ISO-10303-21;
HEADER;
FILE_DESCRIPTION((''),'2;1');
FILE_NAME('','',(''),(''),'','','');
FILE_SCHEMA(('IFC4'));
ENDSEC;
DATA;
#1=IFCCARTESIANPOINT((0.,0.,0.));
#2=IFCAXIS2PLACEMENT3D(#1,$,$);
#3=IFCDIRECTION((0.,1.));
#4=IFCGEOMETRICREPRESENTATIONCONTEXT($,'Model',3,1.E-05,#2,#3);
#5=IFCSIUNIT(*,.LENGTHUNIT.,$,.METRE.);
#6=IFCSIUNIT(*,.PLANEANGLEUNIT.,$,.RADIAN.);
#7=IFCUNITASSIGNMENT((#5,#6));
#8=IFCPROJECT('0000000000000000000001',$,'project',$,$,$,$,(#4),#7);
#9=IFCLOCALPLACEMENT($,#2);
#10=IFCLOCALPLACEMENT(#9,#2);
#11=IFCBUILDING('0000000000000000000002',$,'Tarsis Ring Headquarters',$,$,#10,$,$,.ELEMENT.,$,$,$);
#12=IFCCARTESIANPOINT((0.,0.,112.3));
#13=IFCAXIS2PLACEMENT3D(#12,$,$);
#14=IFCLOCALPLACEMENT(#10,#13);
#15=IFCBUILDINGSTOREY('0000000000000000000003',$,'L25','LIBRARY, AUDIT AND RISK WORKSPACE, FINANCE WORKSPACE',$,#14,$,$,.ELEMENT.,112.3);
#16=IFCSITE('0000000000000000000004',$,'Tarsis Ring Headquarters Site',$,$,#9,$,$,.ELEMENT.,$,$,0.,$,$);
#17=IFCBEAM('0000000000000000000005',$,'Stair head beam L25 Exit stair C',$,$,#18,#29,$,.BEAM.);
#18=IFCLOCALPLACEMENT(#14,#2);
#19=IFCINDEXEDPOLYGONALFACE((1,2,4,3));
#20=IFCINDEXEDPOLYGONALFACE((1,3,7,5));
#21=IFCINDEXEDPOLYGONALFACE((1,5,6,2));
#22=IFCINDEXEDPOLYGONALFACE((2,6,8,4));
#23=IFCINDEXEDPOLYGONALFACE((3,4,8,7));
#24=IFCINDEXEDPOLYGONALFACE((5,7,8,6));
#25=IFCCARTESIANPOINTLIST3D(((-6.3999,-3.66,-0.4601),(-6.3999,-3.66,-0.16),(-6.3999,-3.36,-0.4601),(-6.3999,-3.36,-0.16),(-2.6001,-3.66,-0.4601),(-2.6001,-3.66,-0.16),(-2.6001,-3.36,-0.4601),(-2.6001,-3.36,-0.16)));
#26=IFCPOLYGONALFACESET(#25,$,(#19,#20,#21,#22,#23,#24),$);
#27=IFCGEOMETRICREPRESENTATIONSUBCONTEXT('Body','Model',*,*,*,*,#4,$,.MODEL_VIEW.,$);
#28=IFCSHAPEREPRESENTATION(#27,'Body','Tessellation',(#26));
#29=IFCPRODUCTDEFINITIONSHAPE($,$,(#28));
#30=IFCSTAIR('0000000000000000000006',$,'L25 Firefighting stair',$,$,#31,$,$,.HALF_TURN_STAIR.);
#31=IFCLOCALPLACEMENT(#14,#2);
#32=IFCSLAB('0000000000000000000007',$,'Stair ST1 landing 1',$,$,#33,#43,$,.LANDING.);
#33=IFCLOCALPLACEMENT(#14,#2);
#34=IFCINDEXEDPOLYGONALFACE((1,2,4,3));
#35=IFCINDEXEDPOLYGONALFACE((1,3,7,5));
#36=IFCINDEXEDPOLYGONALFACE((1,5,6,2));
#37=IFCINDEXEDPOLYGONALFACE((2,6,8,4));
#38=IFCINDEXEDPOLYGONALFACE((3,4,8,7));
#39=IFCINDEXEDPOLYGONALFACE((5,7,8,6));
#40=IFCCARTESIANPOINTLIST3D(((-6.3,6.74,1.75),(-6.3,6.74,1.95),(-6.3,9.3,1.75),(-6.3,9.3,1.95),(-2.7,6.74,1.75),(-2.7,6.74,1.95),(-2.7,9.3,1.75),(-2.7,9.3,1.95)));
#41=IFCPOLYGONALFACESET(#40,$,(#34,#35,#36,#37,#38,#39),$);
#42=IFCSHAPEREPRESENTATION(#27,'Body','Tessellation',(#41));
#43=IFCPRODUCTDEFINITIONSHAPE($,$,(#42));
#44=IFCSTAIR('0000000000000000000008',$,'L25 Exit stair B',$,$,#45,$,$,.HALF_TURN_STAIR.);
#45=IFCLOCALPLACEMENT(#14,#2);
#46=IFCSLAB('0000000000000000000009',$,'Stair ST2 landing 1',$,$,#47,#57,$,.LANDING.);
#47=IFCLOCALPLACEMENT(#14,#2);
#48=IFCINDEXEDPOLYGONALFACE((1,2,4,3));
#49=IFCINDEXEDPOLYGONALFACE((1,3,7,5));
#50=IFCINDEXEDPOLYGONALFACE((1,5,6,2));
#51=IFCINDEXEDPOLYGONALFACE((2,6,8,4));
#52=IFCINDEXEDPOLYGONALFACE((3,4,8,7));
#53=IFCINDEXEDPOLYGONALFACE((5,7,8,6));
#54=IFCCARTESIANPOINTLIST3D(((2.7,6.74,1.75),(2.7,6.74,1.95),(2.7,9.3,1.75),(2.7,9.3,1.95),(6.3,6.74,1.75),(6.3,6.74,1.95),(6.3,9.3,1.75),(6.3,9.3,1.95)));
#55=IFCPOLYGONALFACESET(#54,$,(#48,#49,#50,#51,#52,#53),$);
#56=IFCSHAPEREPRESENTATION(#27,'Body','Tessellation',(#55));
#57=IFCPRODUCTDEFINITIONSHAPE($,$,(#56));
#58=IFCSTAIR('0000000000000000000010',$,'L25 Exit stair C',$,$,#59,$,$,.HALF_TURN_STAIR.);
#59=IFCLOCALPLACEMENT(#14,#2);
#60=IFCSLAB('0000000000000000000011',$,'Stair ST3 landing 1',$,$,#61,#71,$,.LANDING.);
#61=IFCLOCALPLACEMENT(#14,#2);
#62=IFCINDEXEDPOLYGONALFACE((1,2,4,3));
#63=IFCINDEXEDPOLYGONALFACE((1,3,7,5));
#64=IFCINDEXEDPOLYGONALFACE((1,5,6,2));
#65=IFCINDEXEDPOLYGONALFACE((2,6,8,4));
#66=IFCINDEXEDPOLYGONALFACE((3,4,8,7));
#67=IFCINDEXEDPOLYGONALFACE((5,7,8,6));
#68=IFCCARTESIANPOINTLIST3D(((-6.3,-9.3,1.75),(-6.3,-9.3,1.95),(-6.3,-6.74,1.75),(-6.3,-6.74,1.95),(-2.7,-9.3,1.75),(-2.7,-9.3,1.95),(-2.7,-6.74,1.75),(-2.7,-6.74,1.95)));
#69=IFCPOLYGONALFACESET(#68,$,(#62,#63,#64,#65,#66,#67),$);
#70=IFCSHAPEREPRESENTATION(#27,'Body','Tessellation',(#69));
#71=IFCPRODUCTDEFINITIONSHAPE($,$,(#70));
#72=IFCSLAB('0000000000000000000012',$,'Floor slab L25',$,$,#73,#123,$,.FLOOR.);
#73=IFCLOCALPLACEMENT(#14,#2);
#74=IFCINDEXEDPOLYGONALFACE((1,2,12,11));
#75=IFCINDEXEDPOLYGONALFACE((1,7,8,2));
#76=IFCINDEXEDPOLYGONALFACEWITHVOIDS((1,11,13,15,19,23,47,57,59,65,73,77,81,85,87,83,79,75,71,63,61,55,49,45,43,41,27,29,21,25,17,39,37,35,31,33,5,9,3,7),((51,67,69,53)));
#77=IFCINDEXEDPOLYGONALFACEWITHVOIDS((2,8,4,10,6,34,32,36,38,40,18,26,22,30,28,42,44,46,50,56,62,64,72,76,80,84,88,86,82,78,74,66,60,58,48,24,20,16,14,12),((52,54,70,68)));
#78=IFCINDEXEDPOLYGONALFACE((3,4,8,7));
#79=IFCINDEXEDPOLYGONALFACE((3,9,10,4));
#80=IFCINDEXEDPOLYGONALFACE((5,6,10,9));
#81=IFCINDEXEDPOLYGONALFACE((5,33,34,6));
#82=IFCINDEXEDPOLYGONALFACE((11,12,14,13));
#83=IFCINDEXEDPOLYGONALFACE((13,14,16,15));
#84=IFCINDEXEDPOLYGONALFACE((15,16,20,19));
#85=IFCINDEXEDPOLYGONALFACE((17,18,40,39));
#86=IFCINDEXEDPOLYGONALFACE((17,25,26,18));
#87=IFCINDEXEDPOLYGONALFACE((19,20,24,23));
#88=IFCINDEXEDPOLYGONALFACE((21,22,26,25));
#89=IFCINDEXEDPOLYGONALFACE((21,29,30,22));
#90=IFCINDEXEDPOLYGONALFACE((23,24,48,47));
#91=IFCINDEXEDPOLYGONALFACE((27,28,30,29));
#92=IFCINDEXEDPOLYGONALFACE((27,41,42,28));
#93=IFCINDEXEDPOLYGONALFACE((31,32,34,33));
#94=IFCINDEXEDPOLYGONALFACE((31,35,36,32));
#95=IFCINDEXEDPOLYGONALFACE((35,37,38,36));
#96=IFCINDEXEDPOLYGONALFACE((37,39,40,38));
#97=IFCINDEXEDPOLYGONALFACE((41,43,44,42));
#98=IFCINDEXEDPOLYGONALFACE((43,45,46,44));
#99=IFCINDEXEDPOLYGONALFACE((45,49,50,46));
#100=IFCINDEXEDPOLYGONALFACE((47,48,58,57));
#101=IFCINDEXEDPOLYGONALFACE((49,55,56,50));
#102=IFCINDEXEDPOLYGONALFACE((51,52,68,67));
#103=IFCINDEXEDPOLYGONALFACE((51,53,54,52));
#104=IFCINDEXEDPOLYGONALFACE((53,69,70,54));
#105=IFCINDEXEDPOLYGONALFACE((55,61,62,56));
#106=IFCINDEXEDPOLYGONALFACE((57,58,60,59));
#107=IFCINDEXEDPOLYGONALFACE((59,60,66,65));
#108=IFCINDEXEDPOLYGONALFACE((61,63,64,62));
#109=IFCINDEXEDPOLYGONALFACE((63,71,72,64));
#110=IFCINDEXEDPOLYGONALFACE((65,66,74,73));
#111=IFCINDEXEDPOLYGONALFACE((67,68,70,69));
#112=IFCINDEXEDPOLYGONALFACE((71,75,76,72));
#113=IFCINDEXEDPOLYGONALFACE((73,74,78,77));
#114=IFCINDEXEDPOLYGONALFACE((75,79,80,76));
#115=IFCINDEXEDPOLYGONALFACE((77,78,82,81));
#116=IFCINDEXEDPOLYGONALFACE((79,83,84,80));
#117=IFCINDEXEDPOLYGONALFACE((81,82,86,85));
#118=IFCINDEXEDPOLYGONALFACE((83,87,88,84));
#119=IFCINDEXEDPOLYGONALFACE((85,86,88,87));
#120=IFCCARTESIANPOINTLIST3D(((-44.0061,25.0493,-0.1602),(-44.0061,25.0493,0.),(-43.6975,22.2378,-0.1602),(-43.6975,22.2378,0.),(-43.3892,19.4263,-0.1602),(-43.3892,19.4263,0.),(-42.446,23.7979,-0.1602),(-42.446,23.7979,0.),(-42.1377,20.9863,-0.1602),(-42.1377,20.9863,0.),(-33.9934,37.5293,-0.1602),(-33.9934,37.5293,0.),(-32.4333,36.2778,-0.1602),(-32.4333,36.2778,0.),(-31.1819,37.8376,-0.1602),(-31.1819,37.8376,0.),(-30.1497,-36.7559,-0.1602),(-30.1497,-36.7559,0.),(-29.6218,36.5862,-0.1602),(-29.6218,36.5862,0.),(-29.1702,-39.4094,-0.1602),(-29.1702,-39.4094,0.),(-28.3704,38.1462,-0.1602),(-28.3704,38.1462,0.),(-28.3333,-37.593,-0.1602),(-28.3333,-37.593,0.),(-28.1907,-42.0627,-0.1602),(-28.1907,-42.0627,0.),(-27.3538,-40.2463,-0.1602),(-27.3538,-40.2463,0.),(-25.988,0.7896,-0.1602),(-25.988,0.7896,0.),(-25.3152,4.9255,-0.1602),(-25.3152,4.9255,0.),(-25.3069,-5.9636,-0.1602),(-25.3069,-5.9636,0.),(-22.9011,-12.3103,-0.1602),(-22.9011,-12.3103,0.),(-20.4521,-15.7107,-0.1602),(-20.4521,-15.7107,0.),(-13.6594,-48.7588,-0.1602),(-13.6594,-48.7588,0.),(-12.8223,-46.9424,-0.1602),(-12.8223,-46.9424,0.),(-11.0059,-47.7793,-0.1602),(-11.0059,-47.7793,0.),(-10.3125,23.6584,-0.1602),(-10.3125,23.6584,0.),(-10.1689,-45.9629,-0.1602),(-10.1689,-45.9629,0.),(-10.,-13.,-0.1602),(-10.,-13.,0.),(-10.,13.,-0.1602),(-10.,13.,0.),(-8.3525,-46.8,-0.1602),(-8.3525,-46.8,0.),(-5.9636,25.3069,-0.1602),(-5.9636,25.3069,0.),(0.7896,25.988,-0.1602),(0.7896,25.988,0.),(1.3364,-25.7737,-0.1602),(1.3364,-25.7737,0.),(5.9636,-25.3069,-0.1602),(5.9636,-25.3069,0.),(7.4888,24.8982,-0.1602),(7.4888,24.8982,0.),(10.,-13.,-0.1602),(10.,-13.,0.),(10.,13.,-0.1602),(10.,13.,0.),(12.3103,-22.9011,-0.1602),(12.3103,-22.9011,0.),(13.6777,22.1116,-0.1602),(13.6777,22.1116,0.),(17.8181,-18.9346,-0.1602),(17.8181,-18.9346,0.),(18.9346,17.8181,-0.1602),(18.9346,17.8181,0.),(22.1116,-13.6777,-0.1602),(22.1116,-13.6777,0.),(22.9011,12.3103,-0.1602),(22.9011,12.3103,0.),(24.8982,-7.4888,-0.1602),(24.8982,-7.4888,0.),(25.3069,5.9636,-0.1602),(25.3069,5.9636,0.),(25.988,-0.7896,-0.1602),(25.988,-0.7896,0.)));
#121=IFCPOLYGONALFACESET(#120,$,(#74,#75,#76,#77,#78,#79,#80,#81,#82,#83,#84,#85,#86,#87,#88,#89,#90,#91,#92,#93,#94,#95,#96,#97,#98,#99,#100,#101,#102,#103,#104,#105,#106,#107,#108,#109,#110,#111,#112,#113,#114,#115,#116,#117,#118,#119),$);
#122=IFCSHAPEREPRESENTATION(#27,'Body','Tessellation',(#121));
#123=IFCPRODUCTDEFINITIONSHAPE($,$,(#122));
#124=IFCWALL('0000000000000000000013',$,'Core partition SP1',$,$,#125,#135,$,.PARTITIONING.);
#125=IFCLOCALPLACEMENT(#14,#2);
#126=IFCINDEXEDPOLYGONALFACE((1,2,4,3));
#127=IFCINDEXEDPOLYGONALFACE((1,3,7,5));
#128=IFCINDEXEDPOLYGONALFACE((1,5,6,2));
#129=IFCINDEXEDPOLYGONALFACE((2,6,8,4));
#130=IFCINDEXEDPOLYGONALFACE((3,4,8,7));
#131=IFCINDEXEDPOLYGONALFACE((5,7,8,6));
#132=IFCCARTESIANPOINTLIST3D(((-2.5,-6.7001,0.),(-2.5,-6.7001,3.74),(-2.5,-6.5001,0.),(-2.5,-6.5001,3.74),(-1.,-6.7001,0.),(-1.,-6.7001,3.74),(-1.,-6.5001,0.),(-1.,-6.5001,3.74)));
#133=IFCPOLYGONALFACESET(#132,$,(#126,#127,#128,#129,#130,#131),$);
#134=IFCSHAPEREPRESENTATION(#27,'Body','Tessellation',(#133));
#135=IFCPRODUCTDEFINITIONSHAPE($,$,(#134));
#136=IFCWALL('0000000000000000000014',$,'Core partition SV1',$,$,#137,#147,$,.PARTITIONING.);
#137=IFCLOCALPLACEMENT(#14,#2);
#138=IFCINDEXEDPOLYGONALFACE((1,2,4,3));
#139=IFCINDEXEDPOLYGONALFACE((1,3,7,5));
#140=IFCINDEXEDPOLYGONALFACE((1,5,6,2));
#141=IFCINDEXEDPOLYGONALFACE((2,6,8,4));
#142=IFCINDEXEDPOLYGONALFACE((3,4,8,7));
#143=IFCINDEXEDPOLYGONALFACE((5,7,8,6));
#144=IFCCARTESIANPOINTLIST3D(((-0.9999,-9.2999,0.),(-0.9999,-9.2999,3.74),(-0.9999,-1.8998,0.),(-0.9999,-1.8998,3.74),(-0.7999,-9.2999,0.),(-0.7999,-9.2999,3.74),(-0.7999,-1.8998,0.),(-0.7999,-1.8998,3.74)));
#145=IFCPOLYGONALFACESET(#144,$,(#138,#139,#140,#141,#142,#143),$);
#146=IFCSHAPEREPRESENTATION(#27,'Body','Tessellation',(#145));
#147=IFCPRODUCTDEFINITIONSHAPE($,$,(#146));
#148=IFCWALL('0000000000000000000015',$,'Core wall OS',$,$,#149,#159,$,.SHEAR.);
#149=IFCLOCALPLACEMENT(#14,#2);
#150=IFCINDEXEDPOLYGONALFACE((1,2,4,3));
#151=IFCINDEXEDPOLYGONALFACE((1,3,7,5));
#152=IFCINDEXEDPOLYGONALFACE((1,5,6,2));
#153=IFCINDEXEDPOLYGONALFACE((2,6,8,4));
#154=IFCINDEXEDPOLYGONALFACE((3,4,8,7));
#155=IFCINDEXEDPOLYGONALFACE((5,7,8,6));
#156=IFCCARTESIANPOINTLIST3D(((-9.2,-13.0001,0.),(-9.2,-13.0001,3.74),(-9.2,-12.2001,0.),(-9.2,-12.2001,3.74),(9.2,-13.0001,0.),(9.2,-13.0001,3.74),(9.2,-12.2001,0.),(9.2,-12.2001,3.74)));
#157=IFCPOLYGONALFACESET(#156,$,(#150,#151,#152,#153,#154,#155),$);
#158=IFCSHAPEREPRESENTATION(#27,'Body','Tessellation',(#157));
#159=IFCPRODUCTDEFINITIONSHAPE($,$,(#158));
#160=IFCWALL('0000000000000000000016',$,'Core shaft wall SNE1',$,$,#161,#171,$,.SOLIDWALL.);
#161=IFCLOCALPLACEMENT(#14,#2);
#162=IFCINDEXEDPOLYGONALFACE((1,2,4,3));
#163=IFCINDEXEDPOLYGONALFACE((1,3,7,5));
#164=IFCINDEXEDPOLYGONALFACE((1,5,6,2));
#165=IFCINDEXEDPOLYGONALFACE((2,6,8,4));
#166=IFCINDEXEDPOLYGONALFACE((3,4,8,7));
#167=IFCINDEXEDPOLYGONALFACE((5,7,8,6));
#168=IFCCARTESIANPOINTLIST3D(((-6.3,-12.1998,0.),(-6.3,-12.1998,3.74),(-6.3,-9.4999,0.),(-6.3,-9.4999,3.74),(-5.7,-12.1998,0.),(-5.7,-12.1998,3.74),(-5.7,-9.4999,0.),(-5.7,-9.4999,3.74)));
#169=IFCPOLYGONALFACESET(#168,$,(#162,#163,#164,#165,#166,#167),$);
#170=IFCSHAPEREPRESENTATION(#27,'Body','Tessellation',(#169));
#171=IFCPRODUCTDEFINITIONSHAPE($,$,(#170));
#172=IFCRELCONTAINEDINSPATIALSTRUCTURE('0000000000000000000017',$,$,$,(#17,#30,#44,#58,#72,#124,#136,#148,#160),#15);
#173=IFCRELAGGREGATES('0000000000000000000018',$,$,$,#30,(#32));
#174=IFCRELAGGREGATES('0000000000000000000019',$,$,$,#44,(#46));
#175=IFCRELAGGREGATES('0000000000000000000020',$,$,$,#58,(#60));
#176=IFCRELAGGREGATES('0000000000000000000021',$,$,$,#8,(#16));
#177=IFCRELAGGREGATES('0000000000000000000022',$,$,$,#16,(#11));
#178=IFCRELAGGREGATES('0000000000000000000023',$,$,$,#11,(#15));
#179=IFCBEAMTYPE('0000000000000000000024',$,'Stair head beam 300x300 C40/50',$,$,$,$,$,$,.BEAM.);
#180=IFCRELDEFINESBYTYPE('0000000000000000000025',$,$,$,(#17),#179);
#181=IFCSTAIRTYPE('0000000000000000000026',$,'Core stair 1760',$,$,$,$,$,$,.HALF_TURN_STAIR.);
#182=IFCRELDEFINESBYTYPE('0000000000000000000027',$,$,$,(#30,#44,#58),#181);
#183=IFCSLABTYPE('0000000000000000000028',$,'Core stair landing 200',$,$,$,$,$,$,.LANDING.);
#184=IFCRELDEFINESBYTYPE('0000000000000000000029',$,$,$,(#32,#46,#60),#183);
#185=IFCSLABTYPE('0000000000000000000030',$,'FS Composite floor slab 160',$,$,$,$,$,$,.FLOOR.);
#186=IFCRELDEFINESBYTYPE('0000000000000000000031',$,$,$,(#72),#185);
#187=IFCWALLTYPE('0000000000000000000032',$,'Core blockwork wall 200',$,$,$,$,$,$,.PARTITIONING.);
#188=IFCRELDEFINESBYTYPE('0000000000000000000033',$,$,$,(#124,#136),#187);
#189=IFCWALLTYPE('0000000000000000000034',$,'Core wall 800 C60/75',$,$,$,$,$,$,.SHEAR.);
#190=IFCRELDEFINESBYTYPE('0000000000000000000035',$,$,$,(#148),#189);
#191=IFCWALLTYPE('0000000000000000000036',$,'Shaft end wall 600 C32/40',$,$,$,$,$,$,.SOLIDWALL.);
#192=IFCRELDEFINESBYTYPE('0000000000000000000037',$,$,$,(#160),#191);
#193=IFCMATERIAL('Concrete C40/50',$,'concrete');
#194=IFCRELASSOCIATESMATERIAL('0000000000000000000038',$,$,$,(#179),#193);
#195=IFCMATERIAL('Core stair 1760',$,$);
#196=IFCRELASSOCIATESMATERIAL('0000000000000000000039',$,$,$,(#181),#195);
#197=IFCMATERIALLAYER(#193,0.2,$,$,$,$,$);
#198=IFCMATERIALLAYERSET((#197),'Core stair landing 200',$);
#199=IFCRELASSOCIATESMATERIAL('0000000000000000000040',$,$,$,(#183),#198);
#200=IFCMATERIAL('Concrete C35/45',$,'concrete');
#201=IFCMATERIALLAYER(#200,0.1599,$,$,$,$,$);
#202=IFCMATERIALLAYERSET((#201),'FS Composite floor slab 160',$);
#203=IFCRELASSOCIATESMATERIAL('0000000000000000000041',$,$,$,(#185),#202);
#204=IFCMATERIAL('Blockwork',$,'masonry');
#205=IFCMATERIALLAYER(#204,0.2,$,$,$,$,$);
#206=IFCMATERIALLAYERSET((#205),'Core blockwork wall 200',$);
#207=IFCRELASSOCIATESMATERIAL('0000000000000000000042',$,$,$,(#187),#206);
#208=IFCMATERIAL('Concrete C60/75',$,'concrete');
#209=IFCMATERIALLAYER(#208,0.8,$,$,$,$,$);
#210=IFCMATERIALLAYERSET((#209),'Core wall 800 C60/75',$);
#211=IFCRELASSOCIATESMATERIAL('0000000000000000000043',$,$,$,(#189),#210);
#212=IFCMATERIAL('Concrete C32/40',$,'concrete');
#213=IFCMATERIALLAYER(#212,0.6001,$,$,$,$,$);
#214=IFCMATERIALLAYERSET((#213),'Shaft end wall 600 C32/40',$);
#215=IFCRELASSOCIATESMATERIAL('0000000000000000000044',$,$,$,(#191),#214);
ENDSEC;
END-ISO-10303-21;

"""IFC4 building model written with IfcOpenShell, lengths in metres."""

from ifc_helpers import new_model, si_unit, direction, frame, frame_2d, origin, origin_2d, place, context, subcontext, project, spatial, polyline, rectangle, outline, extrude, material, layer, layer_set, material_profile, profile_set, type_object, element, aggregate, save


model = new_model("IFC4")

# Units and contexts
model_context = context("Model", 3, precision=1e-05, world=origin(), true_north=direction((0.0, 1.0)))
body_context = subcontext(model_context, "Body", "Model", "MODEL_VIEW")
ifc_project = project(units=[si_unit("LENGTHUNIT", "METRE"), si_unit("PLANEANGLEUNIT", "RADIAN")], contexts=[model_context])

# Site, building, storey
site_placement = place(None, origin())
site = spatial("IfcSite", under=ifc_project, at=site_placement, Name="Tarsis Ring Headquarters Site", CompositionType="ELEMENT", RefElevation=0.0)
building_placement = place(site_placement, origin())
building = spatial("IfcBuilding", under=site, at=building_placement, Name="Tarsis Ring Headquarters", CompositionType="ELEMENT")
storey_placement = place(building_placement, frame((0.0, 0.0, 112.3)))
storey = spatial("IfcBuildingStorey", under=building, at=storey_placement, Name="L25", Description="LIBRARY, AUDIT AND RISK WORKSPACE, FINANCE WORKSPACE", CompositionType="ELEMENT", Elevation=112.3)

# Beam
ifc_material_1 = material(Name="Concrete C40/50", Category="concrete")
ifc_material_profile = material_profile(ifc_material_1, rectangle(XDim=0.3, YDim=0.3, at=origin_2d()), Name="Stair head beam 300x300 C40/50")
ifc_profile_set = profile_set([ifc_material_profile], Name="Concrete C40/50")
beam_type = type_object("IfcBeamType", Name="Stair head beam 300x300 C40/50", PredefinedType="BEAM", material=ifc_profile_set)
beam_placement = place(storey_placement, frame((-6.3999, -3.51, -0.3101), z_axis=(1.0, 0.0, 0.0), x_axis=(0.0, 1.0, 0.0)))
element("IfcBeam", 1, at=beam_placement, inside=storey, type_object=beam_type, Name="Stair head beam L25 Exit stair C", PredefinedType="BEAM", context=body_context, shape_type="SweptSolid", body=[
    extrude(rectangle(XDim=0.3, YDim=0.3, at=origin_2d()), origin(), (0.0, 0.0, 1.0), 3.7998),
])

# Stairs, slabs
ifc_material_2 = material(Name="Core stair 1760")
stair_type = type_object("IfcStairType", Name="Core stair 1760", PredefinedType="HALF_TURN_STAIR", material=ifc_material_2)
stair_1_placement = place(storey_placement, origin())
stair_1 = element("IfcStair", 2, at=stair_1_placement, inside=storey, type_object=stair_type, Name="L25 Firefighting stair", PredefinedType="HALF_TURN_STAIR")
ifc_layer_1 = layer(ifc_material_1, 0.2)
ifc_layer_set_1 = layer_set([ifc_layer_1], Name="Core stair landing 200")
slab_type_1 = type_object("IfcSlabType", Name="Core stair landing 200", PredefinedType="LANDING", material=ifc_layer_set_1)
slab_1_placement = place(storey_placement, frame((0.0, 0.0, 1.75)))
slab_1 = element("IfcSlab", 3, at=slab_1_placement, type_object=slab_type_1, Name="Stair ST1 landing 1", PredefinedType="LANDING", context=body_context, shape_type="SweptSolid", body=[
    extrude(outline(polyline([(-2.7, 6.74), (-2.7, 9.3), (-6.3, 9.3), (-6.3, 6.74), (-2.7, 6.74)])), origin(), (0.0, 0.0, 1.0), 0.2),
])
aggregate(stair_1, [slab_1])
stair_2_placement = place(storey_placement, origin())
stair_2 = element("IfcStair", 4, at=stair_2_placement, inside=storey, type_object=stair_type, Name="L25 Exit stair B", PredefinedType="HALF_TURN_STAIR")
slab_2_placement = place(storey_placement, frame((0.0, 0.0, 1.75)))
slab_2 = element("IfcSlab", 5, at=slab_2_placement, type_object=slab_type_1, Name="Stair ST2 landing 1", PredefinedType="LANDING", context=body_context, shape_type="SweptSolid", body=[
    extrude(outline(polyline([(6.3, 6.74), (6.3, 9.3), (2.7, 9.3), (2.7, 6.74), (6.3, 6.74)])), origin(), (0.0, 0.0, 1.0), 0.2),
])
aggregate(stair_2, [slab_2])
stair_3_placement = place(storey_placement, origin())
stair_3 = element("IfcStair", 6, at=stair_3_placement, inside=storey, type_object=stair_type, Name="L25 Exit stair C", PredefinedType="HALF_TURN_STAIR")
slab_3_placement = place(storey_placement, frame((0.0, 0.0, 1.75)))
slab_3 = element("IfcSlab", 7, at=slab_3_placement, type_object=slab_type_1, Name="Stair ST3 landing 1", PredefinedType="LANDING", context=body_context, shape_type="SweptSolid", body=[
    extrude(outline(polyline([(-6.3, -6.74), (-6.3, -9.3), (-2.7, -9.3), (-2.7, -6.74), (-6.3, -6.74)])), origin(), (0.0, 0.0, 1.0), 0.2),
])
aggregate(stair_3, [slab_3])

# Slab
ifc_material_3 = material(Name="Concrete C35/45", Category="concrete")
ifc_layer_2 = layer(ifc_material_3, 0.1599)
ifc_layer_set_2 = layer_set([ifc_layer_2], Name="FS Composite floor slab 160")
slab_type_2 = type_object("IfcSlabType", Name="FS Composite floor slab 160", PredefinedType="FLOOR", material=ifc_layer_set_2)
slab_4_placement = place(storey_placement, frame((0.0, 0.0, -0.1602)))
element("IfcSlab", 8, at=slab_4_placement, inside=storey, type_object=slab_type_2, Name="Floor slab L25", PredefinedType="FLOOR", context=body_context, shape_type="SweptSolid", body=[
    extrude(outline(polyline([(-25.3152, 4.9255), (-25.988, 0.7896), (-25.3069, -5.9636), (-22.9011, -12.3103), (-20.4521, -15.7107), (-30.1497, -36.7559), (-28.3333, -37.593), (-29.1702, -39.4094), (-27.3538, -40.2463), (-28.1907, -42.0627), (-13.6594, -48.7588), (-12.8223, -46.9424), (-11.0059, -47.7793), (-10.1689, -45.9629), (-8.3525, -46.8), (1.3364, -25.7737), (5.9636, -25.3069), (12.3103, -22.9011), (17.8181, -18.9346), (22.1116, -13.6777), (24.8982, -7.4888), (25.988, -0.7896), (25.3069, 5.9636), (22.9011, 12.3103), (18.9346, 17.8181), (13.6777, 22.1116), (7.4888, 24.8982), (0.7896, 25.988), (-5.9636, 25.3069), (-10.3125, 23.6584), (-28.3704, 38.1462), (-29.6218, 36.5862), (-31.1819, 37.8376), (-32.4333, 36.2778), (-33.9934, 37.5293), (-44.0061, 25.0493), (-42.446, 23.7979), (-43.6975, 22.2378), (-42.1377, 20.9863), (-43.3892, 19.4263), (-25.3152, 4.9255)]), holes=[polyline([(-10.0, -13.0), (-10.0, 13.0), (10.0, 13.0), (10.0, -13.0), (-10.0, -13.0)])]), origin(), (0.0, 0.0, 1.0), 0.1602),
])

# Walls
ifc_material_4 = material(Name="Blockwork", Category="masonry")
ifc_layer_3 = layer(ifc_material_4, 0.2)
ifc_layer_set_3 = layer_set([ifc_layer_3], Name="Core blockwork wall 200")
wall_type_1 = type_object("IfcWallType", Name="Core blockwork wall 200", PredefinedType="PARTITIONING", material=ifc_layer_set_3)
wall_1_placement = place(storey_placement, frame((-2.5, -6.6001, 0.0), z_axis=(0.0, 0.0, 1.0), x_axis=(1.0, 0.0, 0.0)))
element("IfcWall", 9, at=wall_1_placement, inside=storey, type_object=wall_type_1, Name="Core partition SP1", PredefinedType="PARTITIONING", context=body_context, shape_type="SweptSolid", body=[
    extrude(rectangle(XDim=1.5, YDim=0.2, at=frame_2d((0.75, 0.0))), origin(), (0.0, 0.0, 1.0), 3.74),
])
wall_2_placement = place(storey_placement, frame((-0.8999, -9.3, 0.0), z_axis=(0.0, 0.0, 1.0), x_axis=(0.0, 1.0, 0.0)))
element("IfcWall", 10, at=wall_2_placement, inside=storey, type_object=wall_type_1, Name="Core partition SV1", PredefinedType="PARTITIONING", context=body_context, shape_type="SweptSolid", body=[
    extrude(rectangle(XDim=7.4001, YDim=0.2, at=frame_2d((3.7002, 0.0))), origin(), (0.0, 0.0, 1.0), 3.74),
])
ifc_material_5 = material(Name="Concrete C60/75", Category="concrete")
ifc_layer_4 = layer(ifc_material_5, 0.8)
ifc_layer_set_4 = layer_set([ifc_layer_4], Name="Core wall 800 C60/75")
wall_type_2 = type_object("IfcWallType", Name="Core wall 800 C60/75", PredefinedType="SHEAR", material=ifc_layer_set_4)
wall_3_placement = place(storey_placement, frame((-9.2, -12.6001, 0.0), z_axis=(0.0, 0.0, 1.0), x_axis=(1.0, 0.0, 0.0)))
element("IfcWall", 11, at=wall_3_placement, inside=storey, type_object=wall_type_2, Name="Core wall OS", PredefinedType="SHEAR", context=body_context, shape_type="SweptSolid", body=[
    extrude(rectangle(XDim=18.3999, YDim=0.8, at=frame_2d((9.2, 0.0))), origin(), (0.0, 0.0, 1.0), 3.74),
])
ifc_material_6 = material(Name="Concrete C32/40", Category="concrete")
ifc_layer_5 = layer(ifc_material_6, 0.6001)
ifc_layer_set_5 = layer_set([ifc_layer_5], Name="Shaft end wall 600 C32/40")
wall_type_3 = type_object("IfcWallType", Name="Shaft end wall 600 C32/40", PredefinedType="SOLIDWALL", material=ifc_layer_set_5)
wall_4_placement = place(storey_placement, frame((-6.0, -12.2, 0.0), z_axis=(0.0, 0.0, 1.0), x_axis=(0.0, 1.0, 0.0)))
element("IfcWall", 12, at=wall_4_placement, inside=storey, type_object=wall_type_3, Name="Core shaft wall SNE1", PredefinedType="SOLIDWALL", context=body_context, shape_type="SweptSolid", body=[
    extrude(rectangle(XDim=2.7, YDim=0.6001, at=frame_2d((1.3501, 0.0))), origin(), (0.0, 0.0, 1.0), 3.74),
])

save(model, "model.ifc")
